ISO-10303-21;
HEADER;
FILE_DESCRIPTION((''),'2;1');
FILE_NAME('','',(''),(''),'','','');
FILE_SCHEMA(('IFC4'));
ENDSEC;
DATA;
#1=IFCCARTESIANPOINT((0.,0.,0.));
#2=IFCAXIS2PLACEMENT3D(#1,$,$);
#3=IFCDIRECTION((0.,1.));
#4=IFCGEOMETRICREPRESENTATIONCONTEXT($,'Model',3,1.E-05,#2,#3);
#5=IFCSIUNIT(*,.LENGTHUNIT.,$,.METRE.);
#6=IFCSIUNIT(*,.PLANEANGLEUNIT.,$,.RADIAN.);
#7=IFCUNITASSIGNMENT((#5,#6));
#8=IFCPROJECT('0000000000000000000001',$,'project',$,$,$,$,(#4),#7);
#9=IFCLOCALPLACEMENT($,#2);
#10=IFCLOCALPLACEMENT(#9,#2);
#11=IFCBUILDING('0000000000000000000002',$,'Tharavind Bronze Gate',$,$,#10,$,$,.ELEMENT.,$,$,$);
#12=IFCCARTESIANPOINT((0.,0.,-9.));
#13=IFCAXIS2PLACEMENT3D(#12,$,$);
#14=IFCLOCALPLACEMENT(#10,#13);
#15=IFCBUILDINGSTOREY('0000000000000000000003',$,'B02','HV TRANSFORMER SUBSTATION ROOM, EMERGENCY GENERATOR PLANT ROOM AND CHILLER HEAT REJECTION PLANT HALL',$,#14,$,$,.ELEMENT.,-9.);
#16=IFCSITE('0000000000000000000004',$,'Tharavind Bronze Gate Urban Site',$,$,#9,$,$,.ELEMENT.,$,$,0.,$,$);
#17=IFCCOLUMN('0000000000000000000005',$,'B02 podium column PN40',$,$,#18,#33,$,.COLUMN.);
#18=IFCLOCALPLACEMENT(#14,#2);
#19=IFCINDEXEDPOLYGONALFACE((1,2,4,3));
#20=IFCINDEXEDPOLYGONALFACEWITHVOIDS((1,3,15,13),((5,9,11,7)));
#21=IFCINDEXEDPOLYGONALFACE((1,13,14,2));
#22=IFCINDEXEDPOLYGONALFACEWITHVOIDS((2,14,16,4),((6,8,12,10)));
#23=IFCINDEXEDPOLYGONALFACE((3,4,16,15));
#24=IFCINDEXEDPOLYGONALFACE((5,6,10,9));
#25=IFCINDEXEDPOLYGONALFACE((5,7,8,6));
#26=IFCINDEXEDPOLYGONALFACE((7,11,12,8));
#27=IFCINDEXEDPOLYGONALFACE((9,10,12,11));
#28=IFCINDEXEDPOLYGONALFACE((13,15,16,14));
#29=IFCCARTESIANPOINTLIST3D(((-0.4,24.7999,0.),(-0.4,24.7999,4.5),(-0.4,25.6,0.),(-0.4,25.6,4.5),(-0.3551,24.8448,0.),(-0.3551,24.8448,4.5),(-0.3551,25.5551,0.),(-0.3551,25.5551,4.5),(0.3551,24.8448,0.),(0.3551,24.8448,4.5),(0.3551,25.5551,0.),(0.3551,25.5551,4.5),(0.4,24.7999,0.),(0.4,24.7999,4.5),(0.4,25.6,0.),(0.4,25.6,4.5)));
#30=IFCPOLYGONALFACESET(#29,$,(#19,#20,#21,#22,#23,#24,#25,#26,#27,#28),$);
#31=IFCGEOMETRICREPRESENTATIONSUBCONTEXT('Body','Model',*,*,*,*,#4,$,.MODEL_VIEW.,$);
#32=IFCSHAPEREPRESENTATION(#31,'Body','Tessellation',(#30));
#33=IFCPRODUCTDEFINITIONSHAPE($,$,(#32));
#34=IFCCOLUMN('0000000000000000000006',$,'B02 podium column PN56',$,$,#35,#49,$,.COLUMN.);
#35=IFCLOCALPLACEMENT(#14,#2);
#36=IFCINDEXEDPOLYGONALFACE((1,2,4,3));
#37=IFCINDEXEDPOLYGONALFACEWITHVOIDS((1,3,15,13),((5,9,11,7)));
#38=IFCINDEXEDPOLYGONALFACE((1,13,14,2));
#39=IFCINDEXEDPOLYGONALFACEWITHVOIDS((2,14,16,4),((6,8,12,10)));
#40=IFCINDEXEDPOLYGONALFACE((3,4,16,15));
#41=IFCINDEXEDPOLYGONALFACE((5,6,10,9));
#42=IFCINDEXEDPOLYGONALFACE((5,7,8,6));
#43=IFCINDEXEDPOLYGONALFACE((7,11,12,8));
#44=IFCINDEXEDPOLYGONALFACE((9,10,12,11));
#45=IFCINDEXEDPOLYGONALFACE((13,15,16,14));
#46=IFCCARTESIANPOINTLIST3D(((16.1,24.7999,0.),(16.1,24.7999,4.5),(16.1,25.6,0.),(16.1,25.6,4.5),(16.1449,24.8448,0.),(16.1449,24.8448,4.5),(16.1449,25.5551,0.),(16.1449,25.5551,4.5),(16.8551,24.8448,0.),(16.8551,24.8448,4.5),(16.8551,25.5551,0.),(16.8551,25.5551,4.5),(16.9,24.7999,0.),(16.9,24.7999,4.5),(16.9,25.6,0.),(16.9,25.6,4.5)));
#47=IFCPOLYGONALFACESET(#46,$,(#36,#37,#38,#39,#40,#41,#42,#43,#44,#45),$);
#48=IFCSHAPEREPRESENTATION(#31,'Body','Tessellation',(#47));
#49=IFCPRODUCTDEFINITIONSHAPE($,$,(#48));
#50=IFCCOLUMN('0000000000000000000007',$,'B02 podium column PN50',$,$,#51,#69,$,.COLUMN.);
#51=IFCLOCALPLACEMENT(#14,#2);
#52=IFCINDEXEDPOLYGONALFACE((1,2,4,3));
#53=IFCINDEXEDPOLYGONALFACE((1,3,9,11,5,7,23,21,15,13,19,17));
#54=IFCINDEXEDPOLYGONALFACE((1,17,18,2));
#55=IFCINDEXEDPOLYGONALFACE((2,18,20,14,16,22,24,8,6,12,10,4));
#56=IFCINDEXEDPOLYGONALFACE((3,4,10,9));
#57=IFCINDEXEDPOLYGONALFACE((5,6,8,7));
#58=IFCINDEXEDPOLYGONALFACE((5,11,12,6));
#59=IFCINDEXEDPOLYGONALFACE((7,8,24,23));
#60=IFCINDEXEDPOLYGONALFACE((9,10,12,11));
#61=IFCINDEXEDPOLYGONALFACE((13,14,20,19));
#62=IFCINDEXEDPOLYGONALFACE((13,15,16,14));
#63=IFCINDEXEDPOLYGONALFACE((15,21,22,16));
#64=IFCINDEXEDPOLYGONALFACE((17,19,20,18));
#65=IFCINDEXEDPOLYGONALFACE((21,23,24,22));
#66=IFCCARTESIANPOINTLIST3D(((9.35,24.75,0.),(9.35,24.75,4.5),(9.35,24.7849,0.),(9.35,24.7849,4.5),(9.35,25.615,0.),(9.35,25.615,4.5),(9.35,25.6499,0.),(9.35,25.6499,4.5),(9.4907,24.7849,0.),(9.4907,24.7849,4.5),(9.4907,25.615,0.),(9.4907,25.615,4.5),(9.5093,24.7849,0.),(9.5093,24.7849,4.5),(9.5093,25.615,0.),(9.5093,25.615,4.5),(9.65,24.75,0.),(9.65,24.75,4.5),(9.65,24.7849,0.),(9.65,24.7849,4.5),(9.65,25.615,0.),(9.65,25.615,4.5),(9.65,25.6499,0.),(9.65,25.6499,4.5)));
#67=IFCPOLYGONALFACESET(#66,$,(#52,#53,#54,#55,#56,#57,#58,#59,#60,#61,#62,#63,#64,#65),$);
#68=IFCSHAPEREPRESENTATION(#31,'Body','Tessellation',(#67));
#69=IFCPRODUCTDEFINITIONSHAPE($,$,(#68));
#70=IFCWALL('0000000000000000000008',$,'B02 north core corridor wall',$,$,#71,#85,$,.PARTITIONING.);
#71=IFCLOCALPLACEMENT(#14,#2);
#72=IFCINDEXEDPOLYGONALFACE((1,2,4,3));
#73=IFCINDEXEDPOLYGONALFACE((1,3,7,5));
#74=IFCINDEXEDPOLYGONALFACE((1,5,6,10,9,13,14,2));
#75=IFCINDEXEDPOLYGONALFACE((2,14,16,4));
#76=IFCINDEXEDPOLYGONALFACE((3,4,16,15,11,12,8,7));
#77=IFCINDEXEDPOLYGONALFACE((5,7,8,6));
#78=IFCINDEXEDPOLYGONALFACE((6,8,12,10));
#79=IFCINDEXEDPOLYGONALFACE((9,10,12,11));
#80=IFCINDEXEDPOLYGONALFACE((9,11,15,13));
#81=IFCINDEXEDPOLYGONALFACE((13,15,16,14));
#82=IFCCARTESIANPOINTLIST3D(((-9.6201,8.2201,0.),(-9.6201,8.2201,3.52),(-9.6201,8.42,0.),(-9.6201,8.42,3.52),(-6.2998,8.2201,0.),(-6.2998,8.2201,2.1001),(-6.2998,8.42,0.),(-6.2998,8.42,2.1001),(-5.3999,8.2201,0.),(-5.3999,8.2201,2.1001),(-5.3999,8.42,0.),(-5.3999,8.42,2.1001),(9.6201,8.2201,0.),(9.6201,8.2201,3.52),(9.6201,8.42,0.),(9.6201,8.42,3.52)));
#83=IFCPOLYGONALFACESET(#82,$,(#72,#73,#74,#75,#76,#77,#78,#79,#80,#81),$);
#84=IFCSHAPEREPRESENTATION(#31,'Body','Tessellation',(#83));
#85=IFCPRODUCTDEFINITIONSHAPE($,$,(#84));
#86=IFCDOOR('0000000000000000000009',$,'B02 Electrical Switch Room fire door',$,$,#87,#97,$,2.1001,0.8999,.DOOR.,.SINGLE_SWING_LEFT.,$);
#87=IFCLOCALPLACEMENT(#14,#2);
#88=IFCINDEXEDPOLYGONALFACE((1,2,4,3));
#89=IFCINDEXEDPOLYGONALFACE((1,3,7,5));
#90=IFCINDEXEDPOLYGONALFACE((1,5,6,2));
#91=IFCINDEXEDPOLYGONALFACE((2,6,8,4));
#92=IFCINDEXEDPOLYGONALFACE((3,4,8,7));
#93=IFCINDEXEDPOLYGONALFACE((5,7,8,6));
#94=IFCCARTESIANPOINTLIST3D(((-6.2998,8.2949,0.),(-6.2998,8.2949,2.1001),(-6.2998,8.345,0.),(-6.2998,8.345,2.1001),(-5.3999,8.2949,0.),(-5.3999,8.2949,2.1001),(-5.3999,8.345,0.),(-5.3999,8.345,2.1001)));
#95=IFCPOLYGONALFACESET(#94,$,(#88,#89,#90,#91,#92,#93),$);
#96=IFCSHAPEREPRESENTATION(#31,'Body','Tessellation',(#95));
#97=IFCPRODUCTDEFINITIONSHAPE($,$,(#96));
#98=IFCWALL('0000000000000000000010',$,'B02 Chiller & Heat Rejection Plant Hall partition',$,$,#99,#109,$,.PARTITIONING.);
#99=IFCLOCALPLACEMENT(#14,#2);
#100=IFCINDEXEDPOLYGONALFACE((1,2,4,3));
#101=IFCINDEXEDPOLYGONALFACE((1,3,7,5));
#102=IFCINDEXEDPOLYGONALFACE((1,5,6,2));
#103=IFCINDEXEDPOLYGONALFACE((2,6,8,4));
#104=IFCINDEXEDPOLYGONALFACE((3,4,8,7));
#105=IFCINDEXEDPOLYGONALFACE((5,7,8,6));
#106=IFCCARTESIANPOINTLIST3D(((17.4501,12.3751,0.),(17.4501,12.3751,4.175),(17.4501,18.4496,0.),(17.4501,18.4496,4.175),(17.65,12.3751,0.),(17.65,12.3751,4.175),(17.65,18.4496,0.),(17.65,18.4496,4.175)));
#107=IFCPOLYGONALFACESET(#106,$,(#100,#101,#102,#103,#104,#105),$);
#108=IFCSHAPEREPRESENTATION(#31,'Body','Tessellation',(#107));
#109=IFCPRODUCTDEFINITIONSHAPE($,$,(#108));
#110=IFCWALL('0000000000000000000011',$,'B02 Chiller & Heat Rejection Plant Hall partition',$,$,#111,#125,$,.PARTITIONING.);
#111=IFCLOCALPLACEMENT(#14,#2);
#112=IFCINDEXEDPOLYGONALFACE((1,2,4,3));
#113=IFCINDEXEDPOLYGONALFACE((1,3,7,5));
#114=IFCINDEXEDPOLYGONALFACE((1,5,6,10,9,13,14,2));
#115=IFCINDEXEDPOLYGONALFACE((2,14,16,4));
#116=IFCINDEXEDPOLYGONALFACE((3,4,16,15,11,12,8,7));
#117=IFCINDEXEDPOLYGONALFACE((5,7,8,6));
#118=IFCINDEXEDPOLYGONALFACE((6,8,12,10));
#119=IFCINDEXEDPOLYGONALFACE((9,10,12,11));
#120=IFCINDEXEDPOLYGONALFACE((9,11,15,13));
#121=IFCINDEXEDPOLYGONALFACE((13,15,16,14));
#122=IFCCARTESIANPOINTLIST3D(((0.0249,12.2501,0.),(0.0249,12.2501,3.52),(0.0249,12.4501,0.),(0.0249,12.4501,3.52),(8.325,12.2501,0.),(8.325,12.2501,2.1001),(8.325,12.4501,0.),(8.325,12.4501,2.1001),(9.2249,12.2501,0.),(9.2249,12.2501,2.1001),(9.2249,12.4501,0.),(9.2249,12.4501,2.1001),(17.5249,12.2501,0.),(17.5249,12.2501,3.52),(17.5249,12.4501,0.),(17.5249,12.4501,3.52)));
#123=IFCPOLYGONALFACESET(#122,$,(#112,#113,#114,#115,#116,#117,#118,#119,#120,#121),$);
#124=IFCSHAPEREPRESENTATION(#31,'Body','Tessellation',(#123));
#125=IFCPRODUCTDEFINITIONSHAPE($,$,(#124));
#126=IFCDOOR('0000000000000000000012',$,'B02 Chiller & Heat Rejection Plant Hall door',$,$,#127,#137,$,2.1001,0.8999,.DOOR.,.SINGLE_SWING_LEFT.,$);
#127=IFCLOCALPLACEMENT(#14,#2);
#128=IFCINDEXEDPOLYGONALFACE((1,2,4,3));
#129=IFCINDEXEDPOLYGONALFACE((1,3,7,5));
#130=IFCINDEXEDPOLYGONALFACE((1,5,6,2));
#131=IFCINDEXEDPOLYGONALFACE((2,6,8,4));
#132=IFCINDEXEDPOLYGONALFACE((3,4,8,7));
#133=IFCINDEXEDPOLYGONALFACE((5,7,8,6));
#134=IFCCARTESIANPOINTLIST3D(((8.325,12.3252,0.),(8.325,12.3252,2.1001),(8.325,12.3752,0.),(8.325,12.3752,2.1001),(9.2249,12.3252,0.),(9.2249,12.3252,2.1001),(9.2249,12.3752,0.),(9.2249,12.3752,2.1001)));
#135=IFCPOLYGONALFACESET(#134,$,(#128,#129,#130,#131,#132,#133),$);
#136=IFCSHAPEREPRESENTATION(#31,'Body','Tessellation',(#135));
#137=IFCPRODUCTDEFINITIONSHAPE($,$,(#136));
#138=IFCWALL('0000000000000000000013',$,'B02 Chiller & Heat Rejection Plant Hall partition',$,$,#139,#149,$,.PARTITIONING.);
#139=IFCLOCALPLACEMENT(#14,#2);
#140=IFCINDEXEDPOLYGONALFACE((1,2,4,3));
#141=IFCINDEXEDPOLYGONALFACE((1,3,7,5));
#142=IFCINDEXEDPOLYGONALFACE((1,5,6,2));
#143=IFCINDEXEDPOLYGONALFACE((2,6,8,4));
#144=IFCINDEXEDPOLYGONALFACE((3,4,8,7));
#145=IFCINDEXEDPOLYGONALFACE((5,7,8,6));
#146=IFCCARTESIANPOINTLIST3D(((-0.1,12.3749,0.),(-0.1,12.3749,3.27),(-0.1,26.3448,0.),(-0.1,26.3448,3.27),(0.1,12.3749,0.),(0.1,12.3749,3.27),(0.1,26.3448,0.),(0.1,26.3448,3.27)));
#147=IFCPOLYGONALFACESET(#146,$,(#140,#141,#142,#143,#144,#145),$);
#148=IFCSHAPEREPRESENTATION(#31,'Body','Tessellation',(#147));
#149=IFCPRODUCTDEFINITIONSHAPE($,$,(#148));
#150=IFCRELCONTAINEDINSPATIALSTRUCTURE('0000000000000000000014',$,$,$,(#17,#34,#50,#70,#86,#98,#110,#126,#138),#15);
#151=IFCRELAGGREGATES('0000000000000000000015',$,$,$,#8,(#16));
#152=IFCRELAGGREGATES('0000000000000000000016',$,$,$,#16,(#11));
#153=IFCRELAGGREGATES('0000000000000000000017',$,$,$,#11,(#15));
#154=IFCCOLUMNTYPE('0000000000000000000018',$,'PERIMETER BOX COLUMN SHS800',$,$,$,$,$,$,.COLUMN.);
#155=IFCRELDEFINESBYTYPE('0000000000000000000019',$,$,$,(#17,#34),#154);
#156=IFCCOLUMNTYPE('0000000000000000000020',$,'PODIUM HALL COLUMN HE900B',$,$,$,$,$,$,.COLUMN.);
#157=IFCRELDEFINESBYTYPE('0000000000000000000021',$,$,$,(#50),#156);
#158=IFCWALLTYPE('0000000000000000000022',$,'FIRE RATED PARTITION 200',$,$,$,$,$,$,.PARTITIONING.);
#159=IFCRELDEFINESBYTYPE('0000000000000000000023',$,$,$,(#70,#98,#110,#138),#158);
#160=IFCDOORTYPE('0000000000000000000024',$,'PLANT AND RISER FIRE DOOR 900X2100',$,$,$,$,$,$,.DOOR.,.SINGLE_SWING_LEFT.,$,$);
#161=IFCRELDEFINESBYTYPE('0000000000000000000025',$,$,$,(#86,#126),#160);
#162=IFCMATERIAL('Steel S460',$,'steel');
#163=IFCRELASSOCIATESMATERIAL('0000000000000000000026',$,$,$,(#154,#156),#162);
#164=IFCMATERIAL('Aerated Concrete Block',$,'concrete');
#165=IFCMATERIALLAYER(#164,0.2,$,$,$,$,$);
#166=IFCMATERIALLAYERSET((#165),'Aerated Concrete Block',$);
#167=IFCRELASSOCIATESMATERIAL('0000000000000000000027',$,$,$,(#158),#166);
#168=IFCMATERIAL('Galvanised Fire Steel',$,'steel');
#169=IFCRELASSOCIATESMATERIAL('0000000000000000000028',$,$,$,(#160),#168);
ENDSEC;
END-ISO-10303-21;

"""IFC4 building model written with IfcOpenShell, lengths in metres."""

from ifc_helpers import new_model, si_unit, direction, frame, frame_2d, origin, origin_2d, place, context, subcontext, project, spatial, rectangle, hollow_rectangle, i_section, extrude, material, layer, layer_set, material_profile, profile_set, type_object, element, fill, save


model = new_model("IFC4")

# Units and contexts
model_context = context("Model", 3, precision=1e-05, world=origin(), true_north=direction((0.0, 1.0)))
body_context = subcontext(model_context, "Body", "Model", "MODEL_VIEW")
ifc_project = project(units=[si_unit("LENGTHUNIT", "METRE"), si_unit("PLANEANGLEUNIT", "RADIAN")], contexts=[model_context])

# Site, building, storey
site_placement = place(None, origin())
site = spatial("IfcSite", under=ifc_project, at=site_placement, Name="Tharavind Bronze Gate Urban Site", CompositionType="ELEMENT", RefElevation=0.0)
building_placement = place(site_placement, origin())
building = spatial("IfcBuilding", under=site, at=building_placement, Name="Tharavind Bronze Gate", CompositionType="ELEMENT")
storey_placement = place(building_placement, frame((0.0, 0.0, -9.0)))
storey = spatial("IfcBuildingStorey", under=building, at=storey_placement, Name="B02", Description="HV TRANSFORMER SUBSTATION ROOM, EMERGENCY GENERATOR PLANT ROOM AND CHILLER HEAT REJECTION PLANT HALL", CompositionType="ELEMENT", Elevation=-9.0)

# Columns
ifc_material_1 = material(Name="Steel S460", Category="steel")
ifc_material_profile_1 = material_profile(ifc_material_1, hollow_rectangle(XDim=0.8, YDim=0.8, WallThickness=0.0449, at=origin_2d()), Name="SHS800X45")
ifc_profile_set_1 = profile_set([ifc_material_profile_1], Name="Steel S460")
column_type_1 = type_object("IfcColumnType", Name="PERIMETER BOX COLUMN SHS800", PredefinedType="COLUMN", material=ifc_profile_set_1)
for number, where, z_axis, x_axis, name in (
    (1, (0.0, 25.2, 0.0), (0.0, 0.0, 1.0), (1.0, 0.0, 0.0), "B02 podium column PN40"),
    (2, (16.5, 25.2, 0.0), (0.0, 0.0, 1.0), (1.0, 0.0, 0.0), "B02 podium column PN56"),
):
    element("IfcColumn", number, at=place(storey_placement, frame(where, z_axis=z_axis, x_axis=x_axis)), inside=storey, type_object=column_type_1, Name=name, PredefinedType="COLUMN", context=body_context, shape_type="SweptSolid", body=[
        extrude(hollow_rectangle(XDim=0.8, YDim=0.8, WallThickness=0.0449, at=origin_2d()), origin(), (0.0, 0.0, 1.0), 4.5),
    ])
ifc_material_profile_2 = material_profile(ifc_material_1, i_section(OverallWidth=0.3, OverallDepth=0.8999, WebThickness=0.0186, FlangeThickness=0.0349, at=origin_2d()), Name="HE900B")
ifc_profile_set_2 = profile_set([ifc_material_profile_2], Name="Steel S460")
column_type_2 = type_object("IfcColumnType", Name="PODIUM HALL COLUMN HE900B", PredefinedType="COLUMN", material=ifc_profile_set_2)
column_placement = place(storey_placement, frame((9.5, 25.2, 0.0), z_axis=(0.0, 0.0, 1.0), x_axis=(1.0, 0.0, 0.0)))
element("IfcColumn", 3, at=column_placement, inside=storey, type_object=column_type_2, Name="B02 podium column PN50", PredefinedType="COLUMN", context=body_context, shape_type="SweptSolid", body=[
    extrude(i_section(OverallWidth=0.3, OverallDepth=0.8999, WebThickness=0.0186, FlangeThickness=0.0349, at=origin_2d()), origin(), (0.0, 0.0, 1.0), 4.5),
])

# Wall, opening, door
ifc_material_2 = material(Name="Aerated Concrete Block", Category="concrete")
ifc_layer_1 = layer(ifc_material_2, 0.2)
ifc_layer_set_1 = layer_set([ifc_layer_1], Name="Aerated Concrete Block")
wall_type_1 = type_object("IfcWallType", Name="FIRE RATED PARTITION 200", PredefinedType="PARTITIONING", material=ifc_layer_set_1)
wall_1_placement = place(storey_placement, frame((9.6201, 8.3201, 0.0), z_axis=(0.0, 0.0, 1.0), x_axis=(-1.0, 0.0, 0.0)))
wall_1 = element("IfcWall", 4, at=wall_1_placement, inside=storey, type_object=wall_type_1, Name="B02 north core corridor wall", PredefinedType="PARTITIONING", context=body_context, shape_type="SweptSolid", body=[
    extrude(rectangle(XDim=19.2402, YDim=0.2, at=frame_2d((9.6201, 0.0))), origin(), (0.0, 0.0, 1.0), 3.52),
])
opening_1_placement = place(wall_1_placement, frame((15.02, 0.0, 0.0)))
opening_1 = element("IfcOpeningElement", 5, at=opening_1_placement, cuts=wall_1, PredefinedType="OPENING", context=body_context, shape_type="SweptSolid", body=[
    extrude(rectangle(XDim=0.8999, YDim=2.1001, at=frame_2d((0.45, 1.05))), frame((0.0, 0.1101, 0.0), z_axis=(0.0, -1.0, 0.0), x_axis=(1.0, 0.0, 0.0)), (0.0, 0.0, 1.0), 0.22),
])
ifc_material_3 = material(Name="Galvanised Fire Steel", Category="steel")
door_type_1 = type_object("IfcDoorType", Name="PLANT AND RISER FIRE DOOR 900X2100", OperationType="SINGLE_SWING_LEFT", PredefinedType="DOOR", material=ifc_material_3)
door_1_placement = place(opening_1_placement, frame((0.8999, 0.0, 0.0), z_axis=(0.0, 0.0, 1.0), x_axis=(-1.0, 0.0, 0.0)))
door_1 = element("IfcDoor", 6, at=door_1_placement, inside=storey, type_object=door_type_1, Name="B02 Electrical Switch Room fire door", OperationType="SINGLE_SWING_LEFT", OverallHeight=2.1001, OverallWidth=0.8999, PredefinedType="DOOR", context=body_context, shape_type="SweptSolid", body=[
    extrude(rectangle(XDim=0.8999, YDim=2.1001, at=frame_2d((0.45, 1.05))), frame((0.0, 0.0249, 0.0), z_axis=(0.0, -1.0, 0.0), x_axis=(1.0, 0.0, 0.0)), (0.0, 0.0, 1.0), 0.05),
])
fill(opening_1, door_1)

# Wall
wall_2_placement = place(storey_placement, frame((17.55, 18.4495, 0.0), z_axis=(0.0, 0.0, 1.0), x_axis=(0.0, -1.0, 0.0)))
element("IfcWall", 7, at=wall_2_placement, inside=storey, type_object=wall_type_1, Name="B02 Chiller & Heat Rejection Plant Hall partition", PredefinedType="PARTITIONING", context=body_context, shape_type="SweptSolid", body=[
    extrude(rectangle(XDim=6.0745, YDim=0.2, at=frame_2d((3.0371, 0.0))), origin(), (0.0, 0.0, 1.0), 4.175),
])

# Wall, opening, door
wall_3_placement = place(storey_placement, frame((17.5249, 12.3501, 0.0), z_axis=(0.0, 0.0, 1.0), x_axis=(-1.0, 0.0, 0.0)))
wall_3 = element("IfcWall", 8, at=wall_3_placement, inside=storey, type_object=wall_type_1, Name="B02 Chiller & Heat Rejection Plant Hall partition", PredefinedType="PARTITIONING", context=body_context, shape_type="SweptSolid", body=[
    extrude(rectangle(XDim=17.5, YDim=0.2, at=frame_2d((8.75, 0.0))), origin(), (0.0, 0.0, 1.0), 3.52),
])
opening_2_placement = place(wall_3_placement, frame((8.3, 0.0, 0.0)))
opening_2 = element("IfcOpeningElement", 9, at=opening_2_placement, cuts=wall_3, PredefinedType="OPENING", context=body_context, shape_type="SweptSolid", body=[
    extrude(rectangle(XDim=0.8999, YDim=2.1001, at=frame_2d((0.45, 1.05))), frame((0.0, 0.1101, 0.0), z_axis=(0.0, -1.0, 0.0), x_axis=(1.0, 0.0, 0.0)), (0.0, 0.0, 1.0), 0.22),
])
door_2_placement = place(opening_2_placement, origin())
door_2 = element("IfcDoor", 10, at=door_2_placement, inside=storey, type_object=door_type_1, Name="B02 Chiller & Heat Rejection Plant Hall door", OperationType="SINGLE_SWING_LEFT", OverallHeight=2.1001, OverallWidth=0.8999, PredefinedType="DOOR", context=body_context, shape_type="SweptSolid", body=[
    extrude(rectangle(XDim=0.8999, YDim=2.1001, at=frame_2d((0.45, 1.05))), frame((0.0, 0.0249, 0.0), z_axis=(0.0, -1.0, 0.0), x_axis=(1.0, 0.0, 0.0)), (0.0, 0.0, 1.0), 0.05),
])
fill(opening_2, door_2)

# Wall
wall_4_placement = place(storey_placement, frame((0.0, 12.375, 0.0), z_axis=(0.0, 0.0, 1.0), x_axis=(0.0, 1.0, 0.0)))
element("IfcWall", 11, at=wall_4_placement, inside=storey, type_object=wall_type_1, Name="B02 Chiller & Heat Rejection Plant Hall partition", PredefinedType="PARTITIONING", context=body_context, shape_type="SweptSolid", body=[
    extrude(rectangle(XDim=13.97, YDim=0.2, at=frame_2d((6.9849, 0.0))), origin(), (0.0, 0.0, 1.0), 3.27),
])

save(model, "model.ifc")
